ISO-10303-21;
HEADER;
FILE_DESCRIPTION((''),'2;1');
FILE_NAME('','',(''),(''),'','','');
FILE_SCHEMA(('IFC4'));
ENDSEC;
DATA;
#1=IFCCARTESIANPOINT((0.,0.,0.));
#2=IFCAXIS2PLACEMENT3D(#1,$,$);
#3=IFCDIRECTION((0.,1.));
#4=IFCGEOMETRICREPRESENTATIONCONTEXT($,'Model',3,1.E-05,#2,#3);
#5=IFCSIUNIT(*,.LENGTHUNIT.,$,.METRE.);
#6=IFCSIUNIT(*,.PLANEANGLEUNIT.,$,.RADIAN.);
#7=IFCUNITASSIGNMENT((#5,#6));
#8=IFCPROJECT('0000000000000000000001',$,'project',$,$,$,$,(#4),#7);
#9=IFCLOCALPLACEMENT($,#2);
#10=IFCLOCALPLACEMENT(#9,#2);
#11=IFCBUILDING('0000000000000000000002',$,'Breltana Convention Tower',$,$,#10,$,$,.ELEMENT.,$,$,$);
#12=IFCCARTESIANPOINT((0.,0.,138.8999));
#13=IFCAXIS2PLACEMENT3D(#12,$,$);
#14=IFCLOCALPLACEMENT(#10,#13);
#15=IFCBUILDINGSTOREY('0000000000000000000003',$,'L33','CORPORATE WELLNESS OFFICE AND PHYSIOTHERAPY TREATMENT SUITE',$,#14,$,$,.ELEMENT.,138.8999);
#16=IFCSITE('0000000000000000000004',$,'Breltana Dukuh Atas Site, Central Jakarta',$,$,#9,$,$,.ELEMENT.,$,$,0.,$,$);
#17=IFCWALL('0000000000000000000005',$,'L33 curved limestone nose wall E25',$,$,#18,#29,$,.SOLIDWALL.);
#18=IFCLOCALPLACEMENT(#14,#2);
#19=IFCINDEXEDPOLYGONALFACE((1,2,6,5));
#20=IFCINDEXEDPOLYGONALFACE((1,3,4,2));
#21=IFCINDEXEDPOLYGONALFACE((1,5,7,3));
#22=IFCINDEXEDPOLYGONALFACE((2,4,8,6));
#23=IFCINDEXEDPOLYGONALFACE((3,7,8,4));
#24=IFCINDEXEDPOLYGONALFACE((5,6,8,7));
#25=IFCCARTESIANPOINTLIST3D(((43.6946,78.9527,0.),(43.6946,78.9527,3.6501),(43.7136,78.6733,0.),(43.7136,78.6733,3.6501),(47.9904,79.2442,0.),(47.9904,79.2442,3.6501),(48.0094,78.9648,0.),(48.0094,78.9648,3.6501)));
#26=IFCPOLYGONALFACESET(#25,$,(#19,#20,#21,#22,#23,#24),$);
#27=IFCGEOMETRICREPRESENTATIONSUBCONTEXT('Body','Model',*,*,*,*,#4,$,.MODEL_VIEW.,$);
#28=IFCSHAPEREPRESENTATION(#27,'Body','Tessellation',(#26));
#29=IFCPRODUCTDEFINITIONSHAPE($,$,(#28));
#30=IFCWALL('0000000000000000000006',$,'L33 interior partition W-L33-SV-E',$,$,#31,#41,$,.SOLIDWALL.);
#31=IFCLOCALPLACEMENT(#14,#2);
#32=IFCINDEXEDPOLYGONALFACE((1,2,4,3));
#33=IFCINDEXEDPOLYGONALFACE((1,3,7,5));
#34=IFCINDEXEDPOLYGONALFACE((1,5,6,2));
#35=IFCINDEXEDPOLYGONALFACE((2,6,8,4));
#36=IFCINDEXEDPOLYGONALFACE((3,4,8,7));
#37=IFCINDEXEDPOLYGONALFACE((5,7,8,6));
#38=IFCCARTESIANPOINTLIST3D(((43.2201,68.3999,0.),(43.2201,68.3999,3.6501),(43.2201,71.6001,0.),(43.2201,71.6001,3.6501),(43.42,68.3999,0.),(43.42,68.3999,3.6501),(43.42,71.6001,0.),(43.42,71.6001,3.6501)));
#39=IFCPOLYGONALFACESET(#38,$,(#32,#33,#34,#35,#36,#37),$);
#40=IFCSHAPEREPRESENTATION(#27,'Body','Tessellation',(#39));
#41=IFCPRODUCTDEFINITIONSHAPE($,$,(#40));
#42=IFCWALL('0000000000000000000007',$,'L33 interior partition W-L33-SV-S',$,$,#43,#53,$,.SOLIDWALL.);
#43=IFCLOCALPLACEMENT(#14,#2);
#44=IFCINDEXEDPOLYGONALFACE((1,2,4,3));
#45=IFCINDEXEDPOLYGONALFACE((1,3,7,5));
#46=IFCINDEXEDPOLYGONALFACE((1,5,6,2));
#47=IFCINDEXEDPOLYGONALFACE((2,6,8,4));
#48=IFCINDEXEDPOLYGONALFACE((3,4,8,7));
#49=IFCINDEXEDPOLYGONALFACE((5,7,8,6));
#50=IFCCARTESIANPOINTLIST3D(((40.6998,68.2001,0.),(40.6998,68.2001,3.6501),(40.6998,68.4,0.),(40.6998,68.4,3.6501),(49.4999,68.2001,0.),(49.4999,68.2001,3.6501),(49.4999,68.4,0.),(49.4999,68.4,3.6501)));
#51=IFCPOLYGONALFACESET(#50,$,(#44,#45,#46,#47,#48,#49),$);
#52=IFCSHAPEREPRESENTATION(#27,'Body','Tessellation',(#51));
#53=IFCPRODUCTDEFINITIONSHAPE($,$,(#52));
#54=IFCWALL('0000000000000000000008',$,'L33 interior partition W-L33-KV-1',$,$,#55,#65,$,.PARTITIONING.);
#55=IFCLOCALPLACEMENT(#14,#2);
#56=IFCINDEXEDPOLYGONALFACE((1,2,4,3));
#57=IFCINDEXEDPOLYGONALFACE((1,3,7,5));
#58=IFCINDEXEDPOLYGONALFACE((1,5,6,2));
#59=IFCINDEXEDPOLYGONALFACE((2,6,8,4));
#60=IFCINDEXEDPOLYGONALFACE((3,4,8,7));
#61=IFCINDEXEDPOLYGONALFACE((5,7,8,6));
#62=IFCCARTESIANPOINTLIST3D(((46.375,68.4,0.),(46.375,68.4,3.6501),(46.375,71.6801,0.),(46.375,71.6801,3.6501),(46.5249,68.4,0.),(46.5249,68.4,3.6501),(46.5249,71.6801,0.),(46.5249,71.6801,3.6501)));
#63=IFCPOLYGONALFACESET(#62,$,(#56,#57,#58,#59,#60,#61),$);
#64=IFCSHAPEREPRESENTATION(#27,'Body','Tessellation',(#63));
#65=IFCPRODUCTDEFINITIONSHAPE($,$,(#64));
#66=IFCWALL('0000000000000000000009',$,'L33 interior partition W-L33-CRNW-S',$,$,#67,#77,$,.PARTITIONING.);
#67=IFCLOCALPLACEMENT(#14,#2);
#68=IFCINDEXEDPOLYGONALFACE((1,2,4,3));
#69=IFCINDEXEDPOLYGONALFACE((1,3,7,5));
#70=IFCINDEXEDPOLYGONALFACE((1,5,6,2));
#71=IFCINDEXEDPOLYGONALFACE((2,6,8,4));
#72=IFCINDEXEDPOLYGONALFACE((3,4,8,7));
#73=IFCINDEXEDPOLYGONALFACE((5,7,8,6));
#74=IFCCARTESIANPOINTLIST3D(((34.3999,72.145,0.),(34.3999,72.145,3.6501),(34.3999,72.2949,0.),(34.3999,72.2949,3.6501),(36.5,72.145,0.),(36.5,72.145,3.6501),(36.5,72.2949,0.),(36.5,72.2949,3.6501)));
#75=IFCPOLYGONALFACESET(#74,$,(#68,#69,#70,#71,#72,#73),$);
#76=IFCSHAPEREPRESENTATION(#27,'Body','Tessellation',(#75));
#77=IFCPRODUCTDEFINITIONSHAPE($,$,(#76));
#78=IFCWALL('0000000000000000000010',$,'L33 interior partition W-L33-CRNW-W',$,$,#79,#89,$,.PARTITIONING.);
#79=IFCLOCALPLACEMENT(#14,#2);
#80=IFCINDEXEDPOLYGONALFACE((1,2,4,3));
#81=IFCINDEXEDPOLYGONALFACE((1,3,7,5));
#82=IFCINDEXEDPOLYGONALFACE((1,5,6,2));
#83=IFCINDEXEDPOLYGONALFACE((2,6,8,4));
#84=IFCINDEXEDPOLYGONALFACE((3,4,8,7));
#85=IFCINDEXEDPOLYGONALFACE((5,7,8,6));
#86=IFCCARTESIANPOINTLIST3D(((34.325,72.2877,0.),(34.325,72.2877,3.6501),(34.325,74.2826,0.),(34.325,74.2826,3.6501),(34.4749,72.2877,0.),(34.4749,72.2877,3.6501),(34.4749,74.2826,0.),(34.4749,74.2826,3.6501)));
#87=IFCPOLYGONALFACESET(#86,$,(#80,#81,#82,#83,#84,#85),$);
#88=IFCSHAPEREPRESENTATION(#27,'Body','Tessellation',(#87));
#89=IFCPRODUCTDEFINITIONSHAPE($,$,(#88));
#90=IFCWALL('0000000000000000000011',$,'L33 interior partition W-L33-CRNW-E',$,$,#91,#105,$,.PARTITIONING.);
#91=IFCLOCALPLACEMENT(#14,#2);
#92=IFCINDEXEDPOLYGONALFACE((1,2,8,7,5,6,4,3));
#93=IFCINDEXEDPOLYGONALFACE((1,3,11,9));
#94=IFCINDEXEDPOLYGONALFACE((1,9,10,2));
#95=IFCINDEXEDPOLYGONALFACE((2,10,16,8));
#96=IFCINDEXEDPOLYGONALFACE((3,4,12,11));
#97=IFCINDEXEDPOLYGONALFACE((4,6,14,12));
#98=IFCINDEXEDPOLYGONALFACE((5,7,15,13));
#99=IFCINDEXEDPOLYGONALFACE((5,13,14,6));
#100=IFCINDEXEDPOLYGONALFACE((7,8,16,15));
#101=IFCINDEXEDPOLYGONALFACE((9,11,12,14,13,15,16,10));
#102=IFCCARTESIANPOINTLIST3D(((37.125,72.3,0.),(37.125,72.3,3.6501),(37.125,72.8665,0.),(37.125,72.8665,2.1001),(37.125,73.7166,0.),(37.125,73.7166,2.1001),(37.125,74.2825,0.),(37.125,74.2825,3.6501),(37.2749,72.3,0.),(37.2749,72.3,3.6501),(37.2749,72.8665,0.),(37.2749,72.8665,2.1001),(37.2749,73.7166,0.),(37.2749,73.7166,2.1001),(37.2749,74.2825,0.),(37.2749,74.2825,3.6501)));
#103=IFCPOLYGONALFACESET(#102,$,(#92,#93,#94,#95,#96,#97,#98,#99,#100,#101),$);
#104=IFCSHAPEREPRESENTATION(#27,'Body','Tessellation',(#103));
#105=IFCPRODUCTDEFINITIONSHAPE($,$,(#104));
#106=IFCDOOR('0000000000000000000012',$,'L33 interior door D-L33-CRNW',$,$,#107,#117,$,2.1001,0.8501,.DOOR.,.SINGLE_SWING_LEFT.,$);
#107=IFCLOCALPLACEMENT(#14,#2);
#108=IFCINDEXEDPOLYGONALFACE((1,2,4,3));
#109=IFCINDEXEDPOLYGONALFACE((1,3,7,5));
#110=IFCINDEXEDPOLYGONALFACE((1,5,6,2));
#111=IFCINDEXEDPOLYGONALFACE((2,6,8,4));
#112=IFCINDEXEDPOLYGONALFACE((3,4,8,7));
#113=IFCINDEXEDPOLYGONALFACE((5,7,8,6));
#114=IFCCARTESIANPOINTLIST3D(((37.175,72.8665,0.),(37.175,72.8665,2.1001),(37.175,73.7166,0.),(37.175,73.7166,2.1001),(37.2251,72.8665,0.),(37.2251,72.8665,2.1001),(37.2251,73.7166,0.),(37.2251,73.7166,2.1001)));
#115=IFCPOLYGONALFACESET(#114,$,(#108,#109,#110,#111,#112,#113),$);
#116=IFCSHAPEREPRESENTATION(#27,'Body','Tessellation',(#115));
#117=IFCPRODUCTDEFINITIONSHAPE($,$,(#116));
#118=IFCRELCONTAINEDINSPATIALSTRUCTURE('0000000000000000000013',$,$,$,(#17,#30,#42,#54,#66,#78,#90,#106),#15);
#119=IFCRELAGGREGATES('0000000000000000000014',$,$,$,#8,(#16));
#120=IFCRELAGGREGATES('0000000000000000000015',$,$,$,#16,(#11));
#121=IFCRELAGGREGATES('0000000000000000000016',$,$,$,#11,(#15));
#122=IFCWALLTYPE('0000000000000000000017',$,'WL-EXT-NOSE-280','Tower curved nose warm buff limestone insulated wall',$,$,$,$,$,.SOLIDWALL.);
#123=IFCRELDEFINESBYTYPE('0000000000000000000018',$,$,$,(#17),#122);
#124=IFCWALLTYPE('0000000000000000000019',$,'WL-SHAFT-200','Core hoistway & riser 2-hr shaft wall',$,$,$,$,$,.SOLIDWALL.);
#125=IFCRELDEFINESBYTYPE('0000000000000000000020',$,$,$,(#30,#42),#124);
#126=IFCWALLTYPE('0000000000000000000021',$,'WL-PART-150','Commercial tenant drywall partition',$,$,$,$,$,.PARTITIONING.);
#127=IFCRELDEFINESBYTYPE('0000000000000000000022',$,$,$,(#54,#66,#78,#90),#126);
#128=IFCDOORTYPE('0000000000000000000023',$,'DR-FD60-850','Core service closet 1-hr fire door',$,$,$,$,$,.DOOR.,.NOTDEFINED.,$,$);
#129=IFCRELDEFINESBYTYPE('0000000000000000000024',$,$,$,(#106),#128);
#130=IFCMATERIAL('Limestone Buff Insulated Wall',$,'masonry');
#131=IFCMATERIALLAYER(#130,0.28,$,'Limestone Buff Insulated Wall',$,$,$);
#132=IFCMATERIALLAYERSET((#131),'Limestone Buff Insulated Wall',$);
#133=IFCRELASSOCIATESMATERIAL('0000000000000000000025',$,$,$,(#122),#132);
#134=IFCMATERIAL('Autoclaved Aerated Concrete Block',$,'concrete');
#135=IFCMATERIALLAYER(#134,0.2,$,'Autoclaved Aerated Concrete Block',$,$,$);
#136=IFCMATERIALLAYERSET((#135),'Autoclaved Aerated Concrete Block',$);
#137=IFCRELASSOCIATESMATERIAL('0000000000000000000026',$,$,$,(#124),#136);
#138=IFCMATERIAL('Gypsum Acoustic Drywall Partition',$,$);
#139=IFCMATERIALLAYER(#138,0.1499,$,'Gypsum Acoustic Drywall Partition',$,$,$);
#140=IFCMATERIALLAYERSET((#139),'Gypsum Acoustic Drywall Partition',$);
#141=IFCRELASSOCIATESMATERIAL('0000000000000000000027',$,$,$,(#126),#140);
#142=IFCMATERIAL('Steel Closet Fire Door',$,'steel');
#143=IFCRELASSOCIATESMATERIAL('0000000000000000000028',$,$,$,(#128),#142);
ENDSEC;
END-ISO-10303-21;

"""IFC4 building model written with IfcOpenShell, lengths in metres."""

from ifc_helpers import new_model, si_unit, direction, frame, frame_2d, origin, place, context, subcontext, project, spatial, rectangle, extrude, source, transform, mapped, material, layer, layer_set, type_object, type_shapes, element, fill, save


model = new_model("IFC4")

# Units and contexts
model_context = context("Model", 3, precision=1e-05, world=origin(), true_north=direction((0.0, 1.0)))
body_context = subcontext(model_context, "Body", "Model", "MODEL_VIEW")
ifc_project = project(units=[si_unit("LENGTHUNIT", "METRE"), si_unit("PLANEANGLEUNIT", "RADIAN")], contexts=[model_context])

# Site, building, storey
site_placement = place(None, origin())
site = spatial("IfcSite", under=ifc_project, at=site_placement, Name="Breltana Dukuh Atas Site, Central Jakarta", CompositionType="ELEMENT", RefElevation=0.0)
building_placement = place(site_placement, origin())
building = spatial("IfcBuilding", under=site, at=building_placement, Name="Breltana Convention Tower", CompositionType="ELEMENT")
storey_placement = place(building_placement, frame((0.0, 0.0, 138.8999)))
storey = spatial("IfcBuildingStorey", under=building, at=storey_placement, Name="L33", Description="CORPORATE WELLNESS OFFICE AND PHYSIOTHERAPY TREATMENT SUITE", CompositionType="ELEMENT", Elevation=138.8999)

# Walls
ifc_material_1 = material(Name="Limestone Buff Insulated Wall", Category="masonry")
ifc_layer_1 = layer(ifc_material_1, 0.28, Name="Limestone Buff Insulated Wall")
ifc_layer_set_1 = layer_set([ifc_layer_1], Name="Limestone Buff Insulated Wall")
wall_type_1 = type_object("IfcWallType", Name="WL-EXT-NOSE-280", Description="Tower curved nose warm buff limestone insulated wall", PredefinedType="SOLIDWALL", material=ifc_layer_set_1)
shared_shape_1 = source(origin(), body_context, "Body", "SweptSolid", [
    extrude(rectangle(XDim=4.3057, YDim=0.28, at=frame_2d((2.1528, 0.0))), origin(), (0.0, 0.0, 1.0), 3.6501),
])
wall_1_placement = place(storey_placement, frame((43.7041, 78.813, 0.0), z_axis=(0.0, 0.0, 1.0), x_axis=(0.997706, 0.067701, 0.0)))
element("IfcWall", 1, at=wall_1_placement, inside=storey, type_object=wall_type_1, Name="L33 curved limestone nose wall E25", PredefinedType="SOLIDWALL", context=body_context, shape_type="MappedRepresentation", body=[
    mapped(shared_shape_1, transform((0.0, 0.0, 0.0), scale=1.0)),
])
ifc_material_2 = material(Name="Autoclaved Aerated Concrete Block", Category="concrete")
ifc_layer_2 = layer(ifc_material_2, 0.2, Name="Autoclaved Aerated Concrete Block")
ifc_layer_set_2 = layer_set([ifc_layer_2], Name="Autoclaved Aerated Concrete Block")
wall_type_2 = type_object("IfcWallType", Name="WL-SHAFT-200", Description="Core hoistway & riser 2-hr shaft wall", PredefinedType="SOLIDWALL", material=ifc_layer_set_2)
shared_shape_2 = source(origin(), body_context, "Body", "SweptSolid", [
    extrude(rectangle(XDim=3.2002, YDim=0.2, at=frame_2d((1.6001, 0.0))), origin(), (0.0, 0.0, 1.0), 3.6501),
])
wall_2_placement = place(storey_placement, frame((43.3201, 68.3999, 0.0), z_axis=(0.0, 0.0, 1.0), x_axis=(0.0, 1.0, 0.0)))
element("IfcWall", 2, at=wall_2_placement, inside=storey, type_object=wall_type_2, Name="L33 interior partition W-L33-SV-E", PredefinedType="SOLIDWALL", context=body_context, shape_type="MappedRepresentation", body=[
    mapped(shared_shape_2, transform((0.0, 0.0, 0.0), scale=1.0)),
])
shared_shape_3 = source(origin(), body_context, "Body", "SweptSolid", [
    extrude(rectangle(XDim=8.8, YDim=0.2, at=frame_2d((4.3999, 0.0))), origin(), (0.0, 0.0, 1.0), 3.6501),
])
wall_3_placement = place(storey_placement, frame((40.7, 68.3, 0.0), z_axis=(0.0, 0.0, 1.0), x_axis=(1.0, 0.0, 0.0)))
element("IfcWall", 3, at=wall_3_placement, inside=storey, type_object=wall_type_2, Name="L33 interior partition W-L33-SV-S", PredefinedType="SOLIDWALL", context=body_context, shape_type="MappedRepresentation", body=[
    mapped(shared_shape_3, transform((0.0, 0.0, 0.0), scale=1.0)),
])
ifc_material_3 = material(Name="Gypsum Acoustic Drywall Partition")
ifc_layer_3 = layer(ifc_material_3, 0.1499, Name="Gypsum Acoustic Drywall Partition")
ifc_layer_set_3 = layer_set([ifc_layer_3], Name="Gypsum Acoustic Drywall Partition")
wall_type_3 = type_object("IfcWallType", Name="WL-PART-150", Description="Commercial tenant drywall partition", PredefinedType="PARTITIONING", material=ifc_layer_set_3)
shared_shape_4 = source(origin(), body_context, "Body", "SweptSolid", [
    extrude(rectangle(XDim=3.28, YDim=0.1499, at=frame_2d((1.6401, 0.0))), origin(), (0.0, 0.0, 1.0), 3.6501),
])
wall_4_placement = place(storey_placement, frame((46.45, 68.3999, 0.0), z_axis=(0.0, 0.0, 1.0), x_axis=(0.0, 1.0, 0.0)))
element("IfcWall", 4, at=wall_4_placement, inside=storey, type_object=wall_type_3, Name="L33 interior partition W-L33-KV-1", PredefinedType="PARTITIONING", context=body_context, shape_type="MappedRepresentation", body=[
    mapped(shared_shape_4, transform((0.0, 0.0, 0.0), scale=1.0)),
])
shared_shape_5 = source(origin(), body_context, "Body", "SweptSolid", [
    extrude(rectangle(XDim=2.1001, YDim=0.1499, at=frame_2d((1.05, 0.0))), origin(), (0.0, 0.0, 1.0), 3.6501),
])
wall_5_placement = place(storey_placement, frame((34.3999, 72.22, 0.0), z_axis=(0.0, 0.0, 1.0), x_axis=(1.0, 0.0, 0.0)))
element("IfcWall", 5, at=wall_5_placement, inside=storey, type_object=wall_type_3, Name="L33 interior partition W-L33-CRNW-S", PredefinedType="PARTITIONING", context=body_context, shape_type="MappedRepresentation", body=[
    mapped(shared_shape_5, transform((0.0, 0.0, 0.0), scale=1.0)),
])

# Wall
shared_shape_6 = source(origin(), body_context, "Body", "SweptSolid", [
    extrude(rectangle(XDim=1.9949, YDim=0.1499, at=frame_2d((0.9976, 0.0))), origin(), (0.0, 0.0, 1.0), 3.6501),
])
wall_6_placement = place(storey_placement, frame((34.3999, 72.2876, 0.0), z_axis=(0.0, 0.0, 1.0), x_axis=(0.0, 1.0, 0.0)))
element("IfcWall", 6, at=wall_6_placement, inside=storey, type_object=wall_type_3, Name="L33 interior partition W-L33-CRNW-W", PredefinedType="PARTITIONING", context=body_context, shape_type="MappedRepresentation", body=[
    mapped(shared_shape_6, transform((0.0, 0.0, 0.0), scale=1.0)),
])

# Wall, opening, door
shared_shape_7 = source(origin(), body_context, "Body", "SweptSolid", [
    extrude(rectangle(XDim=1.9824, YDim=0.1499, at=frame_2d((0.9912, 0.0))), origin(), (0.0, 0.0, 1.0), 3.6501),
])
wall_7_placement = place(storey_placement, frame((37.2, 72.3, 0.0), z_axis=(0.0, 0.0, 1.0), x_axis=(0.0, 1.0, 0.0)))
wall_7 = element("IfcWall", 7, at=wall_7_placement, inside=storey, type_object=wall_type_3, Name="L33 interior partition W-L33-CRNW-E", PredefinedType="PARTITIONING", context=body_context, shape_type="MappedRepresentation", body=[
    mapped(shared_shape_7, transform((0.0, 0.0, 0.0), scale=1.0)),
])
opening_1_placement = place(wall_7_placement, frame((0.5664, 0.0, 0.0)))
opening_1 = element("IfcOpeningElement", 8, at=opening_1_placement, cuts=wall_7, PredefinedType="OPENING", context=body_context, shape_type="SweptSolid", body=[
    extrude(rectangle(XDim=0.8501, YDim=2.1001, at=frame_2d((0.425, 1.05))), frame((0.0, 0.085, 0.0), z_axis=(0.0, -1.0, 0.0), x_axis=(1.0, 0.0, 0.0)), (0.0, 0.0, 1.0), 0.1699),
])
ifc_material_4 = material(Name="Steel Closet Fire Door", Category="steel")
door_type_1 = type_object("IfcDoorType", Name="DR-FD60-850", Description="Core service closet 1-hr fire door", OperationType="NOTDEFINED", PredefinedType="DOOR", material=ifc_material_4)
shared_shape_8 = source(origin(), body_context, "Body", "SweptSolid", [
    extrude(rectangle(XDim=0.8501, YDim=2.1001, at=frame_2d((0.425, 1.05))), frame((0.0, 0.0249, 0.0), z_axis=(0.0, -1.0, 0.0), x_axis=(1.0, 0.0, 0.0)), (0.0, 0.0, 1.0), 0.05),
])
type_shapes(door_type_1, [shared_shape_8])
door_1_placement = place(opening_1_placement, origin())
door_1 = element("IfcDoor", 9, at=door_1_placement, inside=storey, type_object=door_type_1, Name="L33 interior door D-L33-CRNW", OperationType="SINGLE_SWING_LEFT", OverallHeight=2.1001, OverallWidth=0.8501, PredefinedType="DOOR", context=body_context, shape_type="MappedRepresentation", body=[
    mapped(shared_shape_8, transform((0.0, 0.0, 0.0), scale=1.0)),
])
fill(opening_1, door_1)

save(model, "model.ifc")
